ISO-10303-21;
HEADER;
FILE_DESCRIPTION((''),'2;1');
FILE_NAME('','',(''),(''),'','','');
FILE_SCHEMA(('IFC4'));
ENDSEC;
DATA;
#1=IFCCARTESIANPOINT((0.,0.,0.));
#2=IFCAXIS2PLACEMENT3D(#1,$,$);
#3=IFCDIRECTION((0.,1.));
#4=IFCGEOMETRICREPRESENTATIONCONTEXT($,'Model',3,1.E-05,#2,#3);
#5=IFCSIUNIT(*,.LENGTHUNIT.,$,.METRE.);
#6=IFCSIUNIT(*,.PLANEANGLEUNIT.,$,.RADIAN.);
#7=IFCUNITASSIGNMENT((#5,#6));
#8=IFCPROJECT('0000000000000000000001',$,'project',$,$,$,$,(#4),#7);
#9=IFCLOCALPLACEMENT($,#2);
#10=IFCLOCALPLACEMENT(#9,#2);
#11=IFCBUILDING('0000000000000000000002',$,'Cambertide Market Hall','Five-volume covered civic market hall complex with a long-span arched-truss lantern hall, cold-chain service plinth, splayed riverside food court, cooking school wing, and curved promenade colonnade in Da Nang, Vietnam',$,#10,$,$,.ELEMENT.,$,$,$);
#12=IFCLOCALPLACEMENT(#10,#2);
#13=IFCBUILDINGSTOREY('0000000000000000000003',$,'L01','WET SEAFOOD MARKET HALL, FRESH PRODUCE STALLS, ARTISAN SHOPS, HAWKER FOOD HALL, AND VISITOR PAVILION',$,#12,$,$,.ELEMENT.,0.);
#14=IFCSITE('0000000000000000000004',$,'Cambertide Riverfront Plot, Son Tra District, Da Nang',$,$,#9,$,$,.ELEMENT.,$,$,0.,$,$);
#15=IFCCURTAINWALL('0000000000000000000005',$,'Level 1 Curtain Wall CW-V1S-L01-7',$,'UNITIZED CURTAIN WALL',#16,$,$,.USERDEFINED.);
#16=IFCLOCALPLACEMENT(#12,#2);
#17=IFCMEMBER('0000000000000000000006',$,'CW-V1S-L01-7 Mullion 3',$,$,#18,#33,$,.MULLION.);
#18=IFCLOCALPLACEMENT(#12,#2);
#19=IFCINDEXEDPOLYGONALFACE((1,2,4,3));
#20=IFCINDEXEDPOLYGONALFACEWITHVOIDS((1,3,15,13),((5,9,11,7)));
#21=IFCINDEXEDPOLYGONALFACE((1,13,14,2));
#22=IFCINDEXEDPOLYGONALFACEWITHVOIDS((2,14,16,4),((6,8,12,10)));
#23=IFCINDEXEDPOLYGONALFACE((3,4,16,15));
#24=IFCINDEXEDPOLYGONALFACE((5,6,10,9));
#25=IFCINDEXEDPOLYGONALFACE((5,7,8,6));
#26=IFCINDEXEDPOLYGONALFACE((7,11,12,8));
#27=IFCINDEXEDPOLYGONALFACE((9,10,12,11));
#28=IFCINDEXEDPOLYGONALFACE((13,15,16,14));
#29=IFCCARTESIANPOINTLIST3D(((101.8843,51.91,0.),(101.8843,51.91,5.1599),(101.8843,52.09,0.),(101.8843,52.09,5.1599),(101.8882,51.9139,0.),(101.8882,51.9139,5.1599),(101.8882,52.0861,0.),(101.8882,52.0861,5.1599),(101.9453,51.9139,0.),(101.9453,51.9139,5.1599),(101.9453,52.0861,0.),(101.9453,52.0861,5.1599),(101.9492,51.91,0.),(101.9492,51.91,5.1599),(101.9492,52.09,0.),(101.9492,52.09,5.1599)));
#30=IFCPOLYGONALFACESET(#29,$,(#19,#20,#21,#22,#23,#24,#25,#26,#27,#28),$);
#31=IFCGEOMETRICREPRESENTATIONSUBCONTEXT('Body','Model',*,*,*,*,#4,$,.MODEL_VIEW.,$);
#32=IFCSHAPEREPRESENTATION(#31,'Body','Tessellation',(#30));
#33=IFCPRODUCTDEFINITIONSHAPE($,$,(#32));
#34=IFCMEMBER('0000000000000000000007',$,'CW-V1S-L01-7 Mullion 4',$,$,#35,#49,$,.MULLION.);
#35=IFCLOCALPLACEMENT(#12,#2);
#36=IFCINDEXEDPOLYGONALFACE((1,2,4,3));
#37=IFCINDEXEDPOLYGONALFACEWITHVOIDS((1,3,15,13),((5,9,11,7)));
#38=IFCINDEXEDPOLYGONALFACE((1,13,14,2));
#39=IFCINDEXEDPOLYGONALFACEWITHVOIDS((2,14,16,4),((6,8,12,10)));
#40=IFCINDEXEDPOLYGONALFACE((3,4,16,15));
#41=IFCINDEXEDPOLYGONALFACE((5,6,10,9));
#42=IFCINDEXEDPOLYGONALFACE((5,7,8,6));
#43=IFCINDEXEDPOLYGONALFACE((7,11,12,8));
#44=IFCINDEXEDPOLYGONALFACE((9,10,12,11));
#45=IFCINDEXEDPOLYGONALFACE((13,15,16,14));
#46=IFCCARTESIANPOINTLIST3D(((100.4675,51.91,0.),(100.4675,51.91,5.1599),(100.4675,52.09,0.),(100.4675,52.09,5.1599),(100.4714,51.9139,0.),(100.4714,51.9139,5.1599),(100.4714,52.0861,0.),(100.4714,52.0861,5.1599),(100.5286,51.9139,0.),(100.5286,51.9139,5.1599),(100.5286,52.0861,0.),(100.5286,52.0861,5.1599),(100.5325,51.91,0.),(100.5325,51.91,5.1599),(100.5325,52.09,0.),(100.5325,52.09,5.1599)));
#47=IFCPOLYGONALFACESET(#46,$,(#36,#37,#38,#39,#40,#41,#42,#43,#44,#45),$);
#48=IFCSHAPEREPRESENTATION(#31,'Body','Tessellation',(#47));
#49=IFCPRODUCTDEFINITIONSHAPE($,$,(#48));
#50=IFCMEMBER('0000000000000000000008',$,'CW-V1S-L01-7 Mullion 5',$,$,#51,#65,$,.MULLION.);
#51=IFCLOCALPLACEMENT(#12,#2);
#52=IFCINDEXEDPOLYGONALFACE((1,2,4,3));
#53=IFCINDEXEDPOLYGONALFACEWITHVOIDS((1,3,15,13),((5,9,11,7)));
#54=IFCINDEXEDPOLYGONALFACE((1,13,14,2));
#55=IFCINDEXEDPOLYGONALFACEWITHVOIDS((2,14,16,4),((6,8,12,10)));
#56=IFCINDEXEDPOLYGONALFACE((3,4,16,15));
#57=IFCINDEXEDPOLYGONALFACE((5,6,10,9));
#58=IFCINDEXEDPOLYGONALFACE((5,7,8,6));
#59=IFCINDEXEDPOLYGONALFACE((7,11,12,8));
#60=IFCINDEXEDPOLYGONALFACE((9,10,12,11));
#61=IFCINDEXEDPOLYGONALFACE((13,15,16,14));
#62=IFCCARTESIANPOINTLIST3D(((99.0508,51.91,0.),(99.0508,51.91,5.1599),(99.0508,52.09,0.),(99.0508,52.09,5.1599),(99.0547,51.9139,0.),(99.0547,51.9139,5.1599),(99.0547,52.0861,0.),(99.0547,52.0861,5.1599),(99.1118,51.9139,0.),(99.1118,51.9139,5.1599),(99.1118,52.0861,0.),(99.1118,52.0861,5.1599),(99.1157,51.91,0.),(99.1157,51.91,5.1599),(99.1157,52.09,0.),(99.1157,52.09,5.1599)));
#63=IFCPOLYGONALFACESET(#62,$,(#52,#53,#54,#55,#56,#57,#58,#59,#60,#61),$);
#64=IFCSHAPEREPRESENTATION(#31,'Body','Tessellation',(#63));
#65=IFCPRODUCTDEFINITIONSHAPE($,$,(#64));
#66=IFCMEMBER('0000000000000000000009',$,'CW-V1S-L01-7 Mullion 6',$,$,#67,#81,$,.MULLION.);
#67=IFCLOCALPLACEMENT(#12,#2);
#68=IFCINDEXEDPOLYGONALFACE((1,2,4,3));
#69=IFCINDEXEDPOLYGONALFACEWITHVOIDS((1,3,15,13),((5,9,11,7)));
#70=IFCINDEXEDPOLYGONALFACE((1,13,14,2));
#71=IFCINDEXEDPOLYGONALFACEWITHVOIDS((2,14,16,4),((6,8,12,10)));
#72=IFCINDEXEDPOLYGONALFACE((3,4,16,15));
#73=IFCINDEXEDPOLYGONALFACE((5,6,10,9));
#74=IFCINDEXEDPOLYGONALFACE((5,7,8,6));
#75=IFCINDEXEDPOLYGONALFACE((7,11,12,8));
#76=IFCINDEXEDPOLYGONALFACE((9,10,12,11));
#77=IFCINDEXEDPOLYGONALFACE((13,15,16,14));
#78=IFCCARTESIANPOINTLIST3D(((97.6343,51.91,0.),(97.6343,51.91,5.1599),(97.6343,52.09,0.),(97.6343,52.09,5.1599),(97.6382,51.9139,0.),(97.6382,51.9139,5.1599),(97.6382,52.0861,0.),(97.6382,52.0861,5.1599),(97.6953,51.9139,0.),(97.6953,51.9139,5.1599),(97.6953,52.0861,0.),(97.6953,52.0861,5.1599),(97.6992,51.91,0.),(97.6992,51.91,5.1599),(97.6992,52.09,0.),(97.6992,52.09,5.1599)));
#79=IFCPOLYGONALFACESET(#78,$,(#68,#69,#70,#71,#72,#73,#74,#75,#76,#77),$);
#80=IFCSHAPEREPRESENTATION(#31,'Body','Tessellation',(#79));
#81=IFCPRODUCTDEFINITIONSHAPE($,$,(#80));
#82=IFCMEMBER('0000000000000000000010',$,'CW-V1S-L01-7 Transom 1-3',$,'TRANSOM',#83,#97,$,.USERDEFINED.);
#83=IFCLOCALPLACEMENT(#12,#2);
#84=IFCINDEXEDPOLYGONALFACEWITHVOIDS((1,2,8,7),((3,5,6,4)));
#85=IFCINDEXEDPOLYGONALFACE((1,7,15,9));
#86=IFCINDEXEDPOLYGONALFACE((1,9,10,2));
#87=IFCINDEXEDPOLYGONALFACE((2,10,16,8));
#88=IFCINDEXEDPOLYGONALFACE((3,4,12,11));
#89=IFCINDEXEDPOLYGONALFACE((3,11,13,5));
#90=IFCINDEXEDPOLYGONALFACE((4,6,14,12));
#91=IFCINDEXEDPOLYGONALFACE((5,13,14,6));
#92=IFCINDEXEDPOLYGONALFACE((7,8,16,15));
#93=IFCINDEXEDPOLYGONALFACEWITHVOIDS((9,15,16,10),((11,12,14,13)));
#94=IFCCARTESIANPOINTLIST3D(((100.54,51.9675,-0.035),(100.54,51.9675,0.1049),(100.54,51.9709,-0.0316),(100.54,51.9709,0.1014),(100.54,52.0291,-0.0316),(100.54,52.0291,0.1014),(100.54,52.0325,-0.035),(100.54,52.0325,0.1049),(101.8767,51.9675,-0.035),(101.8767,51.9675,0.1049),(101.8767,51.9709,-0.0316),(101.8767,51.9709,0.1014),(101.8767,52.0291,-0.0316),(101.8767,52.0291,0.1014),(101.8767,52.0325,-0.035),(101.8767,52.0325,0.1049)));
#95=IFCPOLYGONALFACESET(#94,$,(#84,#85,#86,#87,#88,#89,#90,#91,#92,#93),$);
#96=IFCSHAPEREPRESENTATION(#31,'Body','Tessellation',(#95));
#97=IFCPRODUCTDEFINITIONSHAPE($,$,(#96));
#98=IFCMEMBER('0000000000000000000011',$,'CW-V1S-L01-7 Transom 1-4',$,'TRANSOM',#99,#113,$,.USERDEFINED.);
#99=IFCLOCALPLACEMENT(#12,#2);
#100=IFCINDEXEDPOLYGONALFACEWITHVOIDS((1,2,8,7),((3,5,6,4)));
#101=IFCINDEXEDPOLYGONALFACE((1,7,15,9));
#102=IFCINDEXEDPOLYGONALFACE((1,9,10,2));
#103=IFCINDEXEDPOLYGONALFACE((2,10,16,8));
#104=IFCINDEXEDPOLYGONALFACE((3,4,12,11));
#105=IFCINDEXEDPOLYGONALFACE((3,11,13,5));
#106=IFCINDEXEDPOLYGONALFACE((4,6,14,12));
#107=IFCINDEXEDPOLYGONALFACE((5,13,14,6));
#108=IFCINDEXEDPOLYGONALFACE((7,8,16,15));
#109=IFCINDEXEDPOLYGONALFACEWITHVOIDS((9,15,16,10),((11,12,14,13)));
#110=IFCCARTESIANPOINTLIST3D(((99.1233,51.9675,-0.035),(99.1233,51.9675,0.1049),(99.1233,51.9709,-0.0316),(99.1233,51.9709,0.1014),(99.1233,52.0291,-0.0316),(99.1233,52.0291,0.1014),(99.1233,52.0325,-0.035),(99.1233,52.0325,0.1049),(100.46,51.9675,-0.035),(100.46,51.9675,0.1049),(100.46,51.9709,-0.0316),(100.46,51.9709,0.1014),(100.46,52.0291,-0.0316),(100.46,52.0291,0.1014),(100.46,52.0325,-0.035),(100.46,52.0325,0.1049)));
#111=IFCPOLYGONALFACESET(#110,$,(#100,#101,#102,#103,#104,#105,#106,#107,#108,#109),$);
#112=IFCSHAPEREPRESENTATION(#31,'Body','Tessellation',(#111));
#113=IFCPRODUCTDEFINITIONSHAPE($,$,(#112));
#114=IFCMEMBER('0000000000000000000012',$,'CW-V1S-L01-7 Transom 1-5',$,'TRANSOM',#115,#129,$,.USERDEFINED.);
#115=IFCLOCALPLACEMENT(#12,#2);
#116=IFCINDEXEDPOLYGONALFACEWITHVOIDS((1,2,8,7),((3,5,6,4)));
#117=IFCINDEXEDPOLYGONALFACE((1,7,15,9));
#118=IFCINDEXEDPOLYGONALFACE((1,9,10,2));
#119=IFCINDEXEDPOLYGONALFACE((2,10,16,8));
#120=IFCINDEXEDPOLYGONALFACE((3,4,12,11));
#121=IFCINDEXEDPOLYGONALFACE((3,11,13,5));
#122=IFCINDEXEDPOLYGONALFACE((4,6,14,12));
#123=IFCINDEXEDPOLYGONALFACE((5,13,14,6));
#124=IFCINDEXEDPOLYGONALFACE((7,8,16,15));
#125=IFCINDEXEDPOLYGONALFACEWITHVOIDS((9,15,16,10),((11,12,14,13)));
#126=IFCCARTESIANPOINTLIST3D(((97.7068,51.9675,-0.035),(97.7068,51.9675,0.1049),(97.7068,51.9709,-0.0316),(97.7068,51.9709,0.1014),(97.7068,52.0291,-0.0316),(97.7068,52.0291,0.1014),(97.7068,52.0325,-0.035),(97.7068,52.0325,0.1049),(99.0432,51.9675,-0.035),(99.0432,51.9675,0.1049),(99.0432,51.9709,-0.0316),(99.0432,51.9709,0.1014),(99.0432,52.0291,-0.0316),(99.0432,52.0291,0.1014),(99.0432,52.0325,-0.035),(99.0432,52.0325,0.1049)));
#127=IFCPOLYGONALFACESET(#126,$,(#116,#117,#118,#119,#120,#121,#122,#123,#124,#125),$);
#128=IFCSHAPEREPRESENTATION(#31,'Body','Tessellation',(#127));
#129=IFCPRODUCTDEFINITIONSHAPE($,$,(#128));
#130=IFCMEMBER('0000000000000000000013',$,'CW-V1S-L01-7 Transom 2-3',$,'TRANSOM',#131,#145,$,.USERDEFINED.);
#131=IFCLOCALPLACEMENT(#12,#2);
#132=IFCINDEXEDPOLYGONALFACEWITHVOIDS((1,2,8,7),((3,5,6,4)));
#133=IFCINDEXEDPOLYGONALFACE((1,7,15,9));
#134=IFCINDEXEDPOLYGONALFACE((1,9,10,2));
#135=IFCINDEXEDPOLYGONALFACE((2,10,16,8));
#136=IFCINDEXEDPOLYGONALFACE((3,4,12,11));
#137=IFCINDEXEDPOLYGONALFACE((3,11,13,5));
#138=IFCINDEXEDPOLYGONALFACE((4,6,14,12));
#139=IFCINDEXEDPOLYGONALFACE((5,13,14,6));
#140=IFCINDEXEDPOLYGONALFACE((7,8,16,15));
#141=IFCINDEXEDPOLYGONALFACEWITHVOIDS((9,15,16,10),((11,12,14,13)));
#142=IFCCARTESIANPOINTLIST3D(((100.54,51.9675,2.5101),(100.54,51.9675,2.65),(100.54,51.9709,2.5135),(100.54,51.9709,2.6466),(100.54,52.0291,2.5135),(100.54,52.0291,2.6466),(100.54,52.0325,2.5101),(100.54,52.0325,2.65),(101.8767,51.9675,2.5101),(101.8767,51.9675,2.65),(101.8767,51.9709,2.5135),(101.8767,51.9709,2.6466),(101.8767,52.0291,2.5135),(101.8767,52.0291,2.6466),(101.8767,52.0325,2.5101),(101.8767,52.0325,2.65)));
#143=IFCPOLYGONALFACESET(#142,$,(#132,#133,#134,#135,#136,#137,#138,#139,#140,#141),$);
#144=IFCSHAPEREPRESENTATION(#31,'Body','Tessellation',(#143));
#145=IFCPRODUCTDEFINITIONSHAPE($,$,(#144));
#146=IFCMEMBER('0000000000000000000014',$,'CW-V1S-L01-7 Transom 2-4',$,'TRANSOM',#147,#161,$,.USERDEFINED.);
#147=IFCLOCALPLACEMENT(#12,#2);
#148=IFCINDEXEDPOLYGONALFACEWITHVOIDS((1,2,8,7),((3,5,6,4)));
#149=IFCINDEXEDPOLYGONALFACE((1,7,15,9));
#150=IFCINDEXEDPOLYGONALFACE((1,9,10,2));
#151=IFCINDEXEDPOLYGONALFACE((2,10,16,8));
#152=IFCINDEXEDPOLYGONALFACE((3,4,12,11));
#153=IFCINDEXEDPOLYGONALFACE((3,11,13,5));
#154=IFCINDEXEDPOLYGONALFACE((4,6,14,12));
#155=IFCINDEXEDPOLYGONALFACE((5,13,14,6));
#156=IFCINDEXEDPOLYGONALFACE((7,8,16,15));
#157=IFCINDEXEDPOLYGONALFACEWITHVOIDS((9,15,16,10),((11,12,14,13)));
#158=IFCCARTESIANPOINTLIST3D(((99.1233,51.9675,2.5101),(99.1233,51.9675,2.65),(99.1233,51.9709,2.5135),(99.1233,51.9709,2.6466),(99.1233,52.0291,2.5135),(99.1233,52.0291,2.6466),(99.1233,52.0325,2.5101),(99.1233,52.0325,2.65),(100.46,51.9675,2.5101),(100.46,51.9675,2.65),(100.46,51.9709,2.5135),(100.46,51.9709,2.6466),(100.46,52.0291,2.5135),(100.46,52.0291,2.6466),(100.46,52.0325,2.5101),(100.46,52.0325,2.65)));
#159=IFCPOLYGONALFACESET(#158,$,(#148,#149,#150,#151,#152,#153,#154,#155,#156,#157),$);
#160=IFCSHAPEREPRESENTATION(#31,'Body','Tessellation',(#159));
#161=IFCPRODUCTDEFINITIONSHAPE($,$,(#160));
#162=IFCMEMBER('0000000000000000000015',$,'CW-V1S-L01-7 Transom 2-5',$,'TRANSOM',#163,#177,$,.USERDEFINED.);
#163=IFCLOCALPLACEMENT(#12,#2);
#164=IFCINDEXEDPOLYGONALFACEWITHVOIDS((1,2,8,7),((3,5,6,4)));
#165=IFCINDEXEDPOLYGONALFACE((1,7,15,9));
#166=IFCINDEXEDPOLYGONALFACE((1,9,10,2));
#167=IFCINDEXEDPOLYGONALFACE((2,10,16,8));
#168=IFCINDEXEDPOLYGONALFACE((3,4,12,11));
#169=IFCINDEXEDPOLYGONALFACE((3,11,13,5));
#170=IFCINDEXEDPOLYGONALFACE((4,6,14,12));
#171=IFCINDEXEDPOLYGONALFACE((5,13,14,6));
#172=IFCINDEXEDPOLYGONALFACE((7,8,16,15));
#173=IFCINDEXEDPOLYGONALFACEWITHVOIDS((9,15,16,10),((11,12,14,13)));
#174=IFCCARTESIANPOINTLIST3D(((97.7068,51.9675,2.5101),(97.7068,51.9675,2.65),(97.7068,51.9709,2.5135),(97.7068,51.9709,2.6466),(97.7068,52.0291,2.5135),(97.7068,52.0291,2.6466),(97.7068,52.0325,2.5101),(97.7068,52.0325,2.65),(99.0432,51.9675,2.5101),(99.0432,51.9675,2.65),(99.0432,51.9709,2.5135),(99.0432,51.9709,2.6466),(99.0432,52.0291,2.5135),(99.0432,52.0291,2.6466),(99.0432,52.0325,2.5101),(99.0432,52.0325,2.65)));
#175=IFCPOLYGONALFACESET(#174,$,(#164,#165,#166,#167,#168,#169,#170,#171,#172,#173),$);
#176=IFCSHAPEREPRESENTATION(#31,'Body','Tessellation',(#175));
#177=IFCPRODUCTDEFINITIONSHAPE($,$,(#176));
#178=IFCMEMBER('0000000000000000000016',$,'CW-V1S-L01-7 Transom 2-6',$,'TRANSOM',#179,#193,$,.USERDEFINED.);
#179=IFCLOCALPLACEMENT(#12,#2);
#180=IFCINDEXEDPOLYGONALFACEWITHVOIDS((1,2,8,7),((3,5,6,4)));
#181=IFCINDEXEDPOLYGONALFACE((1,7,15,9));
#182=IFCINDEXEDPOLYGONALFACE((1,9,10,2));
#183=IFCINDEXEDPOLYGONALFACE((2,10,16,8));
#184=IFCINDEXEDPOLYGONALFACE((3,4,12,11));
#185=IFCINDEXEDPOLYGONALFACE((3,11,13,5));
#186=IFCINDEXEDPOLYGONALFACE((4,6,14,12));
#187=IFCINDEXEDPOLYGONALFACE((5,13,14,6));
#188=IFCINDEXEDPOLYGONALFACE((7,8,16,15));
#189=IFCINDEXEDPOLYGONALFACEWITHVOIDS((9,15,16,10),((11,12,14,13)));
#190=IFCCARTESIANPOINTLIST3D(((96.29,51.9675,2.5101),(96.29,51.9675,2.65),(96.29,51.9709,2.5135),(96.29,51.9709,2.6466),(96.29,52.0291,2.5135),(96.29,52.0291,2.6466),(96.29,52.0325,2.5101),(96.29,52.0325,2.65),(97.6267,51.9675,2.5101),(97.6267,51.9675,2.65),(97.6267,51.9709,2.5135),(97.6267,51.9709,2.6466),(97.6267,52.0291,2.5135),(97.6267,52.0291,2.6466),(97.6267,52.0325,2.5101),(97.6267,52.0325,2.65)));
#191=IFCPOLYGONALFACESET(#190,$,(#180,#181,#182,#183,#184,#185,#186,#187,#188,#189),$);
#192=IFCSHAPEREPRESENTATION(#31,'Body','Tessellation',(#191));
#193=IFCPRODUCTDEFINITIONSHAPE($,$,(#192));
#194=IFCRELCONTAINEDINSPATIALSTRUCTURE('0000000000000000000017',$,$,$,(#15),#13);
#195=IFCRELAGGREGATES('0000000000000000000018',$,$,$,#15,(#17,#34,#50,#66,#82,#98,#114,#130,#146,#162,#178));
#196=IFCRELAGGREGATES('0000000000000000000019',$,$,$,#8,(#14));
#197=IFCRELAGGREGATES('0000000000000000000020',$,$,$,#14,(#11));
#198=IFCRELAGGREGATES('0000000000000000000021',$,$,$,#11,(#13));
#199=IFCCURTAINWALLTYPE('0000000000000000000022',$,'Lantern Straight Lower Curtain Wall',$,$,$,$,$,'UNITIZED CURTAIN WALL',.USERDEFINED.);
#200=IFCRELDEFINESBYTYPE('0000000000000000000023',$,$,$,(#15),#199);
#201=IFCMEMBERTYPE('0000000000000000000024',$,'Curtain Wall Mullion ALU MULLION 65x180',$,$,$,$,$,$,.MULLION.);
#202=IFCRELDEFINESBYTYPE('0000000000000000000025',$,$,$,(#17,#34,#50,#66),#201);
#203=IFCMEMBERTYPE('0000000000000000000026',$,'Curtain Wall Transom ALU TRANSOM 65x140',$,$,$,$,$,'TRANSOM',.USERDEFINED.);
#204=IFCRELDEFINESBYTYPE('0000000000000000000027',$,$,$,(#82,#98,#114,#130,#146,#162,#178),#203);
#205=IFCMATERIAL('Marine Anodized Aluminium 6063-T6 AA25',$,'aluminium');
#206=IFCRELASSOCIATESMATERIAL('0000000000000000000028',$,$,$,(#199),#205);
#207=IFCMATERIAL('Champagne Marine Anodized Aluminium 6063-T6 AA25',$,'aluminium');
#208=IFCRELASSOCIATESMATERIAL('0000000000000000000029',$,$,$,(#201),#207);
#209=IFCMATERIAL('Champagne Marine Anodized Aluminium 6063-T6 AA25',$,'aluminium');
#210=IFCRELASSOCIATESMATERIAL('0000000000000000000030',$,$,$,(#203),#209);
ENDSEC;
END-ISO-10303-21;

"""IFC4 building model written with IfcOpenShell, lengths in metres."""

from ifc_helpers import new_model, si_unit, direction, frame, origin, origin_2d, place, context, subcontext, project, spatial, hollow_rectangle, extrude, material, material_profile, profile_set, type_object, element, aggregate, save


model = new_model("IFC4")

# Units and contexts
model_context = context("Model", 3, precision=1e-05, world=origin(), true_north=direction((0.0, 1.0)))
body_context = subcontext(model_context, "Body", "Model", "MODEL_VIEW")
ifc_project = project(units=[si_unit("LENGTHUNIT", "METRE"), si_unit("PLANEANGLEUNIT", "RADIAN")], contexts=[model_context])

# Site, building, storey
site_placement = place(None, origin())
site = spatial("IfcSite", under=ifc_project, at=site_placement, Name="Cambertide Riverfront Plot, Son Tra District, Da Nang", CompositionType="ELEMENT", RefElevation=0.0)
building_placement = place(site_placement, origin())
building = spatial("IfcBuilding", under=site, at=building_placement, Name="Cambertide Market Hall", Description="Five-volume covered civic market hall complex with a long-span arched-truss lantern hall, cold-chain service plinth, splayed riverside food court, cooking school wing, and curved promenade colonnade in Da Nang, Vietnam", CompositionType="ELEMENT")
storey_placement = place(building_placement, origin())
storey = spatial("IfcBuildingStorey", under=building, at=storey_placement, Name="L01", Description="WET SEAFOOD MARKET HALL, FRESH PRODUCE STALLS, ARTISAN SHOPS, HAWKER FOOD HALL, AND VISITOR PAVILION", CompositionType="ELEMENT", Elevation=0.0)

# Curtain wall, members
ifc_material_1 = material(Name="Marine Anodized Aluminium 6063-T6 AA25", Category="aluminium")
curtain_wall_type = type_object("IfcCurtainWallType", Name="Lantern Straight Lower Curtain Wall", ElementType="UNITIZED CURTAIN WALL", PredefinedType="USERDEFINED", material=ifc_material_1)
curtain_wall_placement = place(storey_placement, origin())
curtain_wall = element("IfcCurtainWall", 1, at=curtain_wall_placement, inside=storey, type_object=curtain_wall_type, Name="Level 1 Curtain Wall CW-V1S-L01-7", ObjectType="UNITIZED CURTAIN WALL", PredefinedType="USERDEFINED")
ifc_material_2 = material(Name="Champagne Marine Anodized Aluminium 6063-T6 AA25", Category="aluminium")
ifc_material_profile_1 = material_profile(ifc_material_2, hollow_rectangle(XDim=0.0649, YDim=0.1799, WallThickness=0.0039, at=origin_2d()), Name="ALU MULLION 65x180")
ifc_profile_set_1 = profile_set([ifc_material_profile_1], Name="Champagne Marine Anodized Aluminium 6063-T6 AA25")
member_type_1 = type_object("IfcMemberType", Name="Curtain Wall Mullion ALU MULLION 65x180", PredefinedType="MULLION", material=ifc_profile_set_1)
member_1_placement = place(storey_placement, frame((101.9167, 52.0, 0.0), z_axis=(0.0, 0.0, 1.0), x_axis=(-1.0, 0.0, 0.0)))
member_1 = element("IfcMember", 2, at=member_1_placement, type_object=member_type_1, Name="CW-V1S-L01-7 Mullion 3", PredefinedType="MULLION", context=body_context, shape_type="SweptSolid", body=[
    extrude(hollow_rectangle(XDim=0.0649, YDim=0.1799, WallThickness=0.0039, at=origin_2d()), origin(), (0.0, 0.0, 1.0), 5.1599),
])
member_2_placement = place(storey_placement, frame((100.5, 52.0, 0.0), z_axis=(0.0, 0.0, 1.0), x_axis=(-1.0, 0.0, 0.0)))
member_2 = element("IfcMember", 3, at=member_2_placement, type_object=member_type_1, Name="CW-V1S-L01-7 Mullion 4", PredefinedType="MULLION", context=body_context, shape_type="SweptSolid", body=[
    extrude(hollow_rectangle(XDim=0.0649, YDim=0.1799, WallThickness=0.0039, at=origin_2d()), origin(), (0.0, 0.0, 1.0), 5.1599),
])
member_3_placement = place(storey_placement, frame((99.0833, 52.0, 0.0), z_axis=(0.0, 0.0, 1.0), x_axis=(-1.0, 0.0, 0.0)))
member_3 = element("IfcMember", 4, at=member_3_placement, type_object=member_type_1, Name="CW-V1S-L01-7 Mullion 5", PredefinedType="MULLION", context=body_context, shape_type="SweptSolid", body=[
    extrude(hollow_rectangle(XDim=0.0649, YDim=0.1799, WallThickness=0.0039, at=origin_2d()), origin(), (0.0, 0.0, 1.0), 5.1599),
])
member_4_placement = place(storey_placement, frame((97.6667, 52.0, 0.0), z_axis=(0.0, 0.0, 1.0), x_axis=(-1.0, 0.0, 0.0)))
member_4 = element("IfcMember", 5, at=member_4_placement, type_object=member_type_1, Name="CW-V1S-L01-7 Mullion 6", PredefinedType="MULLION", context=body_context, shape_type="SweptSolid", body=[
    extrude(hollow_rectangle(XDim=0.0649, YDim=0.1799, WallThickness=0.0039, at=origin_2d()), origin(), (0.0, 0.0, 1.0), 5.1599),
])
ifc_material_3 = material(Name="Champagne Marine Anodized Aluminium 6063-T6 AA25", Category="aluminium")
ifc_material_profile_2 = material_profile(ifc_material_3, hollow_rectangle(XDim=0.0649, YDim=0.1399, WallThickness=0.0034, at=origin_2d()), Name="ALU TRANSOM 65x140")
ifc_profile_set_2 = profile_set([ifc_material_profile_2], Name="Champagne Marine Anodized Aluminium 6063-T6 AA25")
member_type_2 = type_object("IfcMemberType", Name="Curtain Wall Transom ALU TRANSOM 65x140", ElementType="TRANSOM", PredefinedType="USERDEFINED", material=ifc_profile_set_2)
member_5_placement = place(storey_placement, frame((101.8767, 52.0, 0.0349), z_axis=(-1.0, 0.0, 0.0), x_axis=(0.0, -1.0, 0.0)))
member_5 = element("IfcMember", 6, at=member_5_placement, type_object=member_type_2, Name="CW-V1S-L01-7 Transom 1-3", ObjectType="TRANSOM", PredefinedType="USERDEFINED", context=body_context, shape_type="SweptSolid", body=[
    extrude(hollow_rectangle(XDim=0.0649, YDim=0.1399, WallThickness=0.0034, at=origin_2d()), origin(), (0.0, 0.0, 1.0), 1.3367),
])
member_6_placement = place(storey_placement, frame((100.46, 52.0, 0.0349), z_axis=(-1.0, 0.0, 0.0), x_axis=(0.0, -1.0, 0.0)))
member_6 = element("IfcMember", 7, at=member_6_placement, type_object=member_type_2, Name="CW-V1S-L01-7 Transom 1-4", ObjectType="TRANSOM", PredefinedType="USERDEFINED", context=body_context, shape_type="SweptSolid", body=[
    extrude(hollow_rectangle(XDim=0.0649, YDim=0.1399, WallThickness=0.0034, at=origin_2d()), origin(), (0.0, 0.0, 1.0), 1.3367),
])
member_7_placement = place(storey_placement, frame((99.0432, 52.0, 0.0349), z_axis=(-1.0, 0.0, 0.0), x_axis=(0.0, -1.0, 0.0)))
member_7 = element("IfcMember", 8, at=member_7_placement, type_object=member_type_2, Name="CW-V1S-L01-7 Transom 1-5", ObjectType="TRANSOM", PredefinedType="USERDEFINED", context=body_context, shape_type="SweptSolid", body=[
    extrude(hollow_rectangle(XDim=0.0649, YDim=0.1399, WallThickness=0.0034, at=origin_2d()), origin(), (0.0, 0.0, 1.0), 1.3364),
])
member_8_placement = place(storey_placement, frame((101.8767, 52.0, 2.5801), z_axis=(-1.0, 0.0, 0.0), x_axis=(0.0, -1.0, 0.0)))
member_8 = element("IfcMember", 9, at=member_8_placement, type_object=member_type_2, Name="CW-V1S-L01-7 Transom 2-3", ObjectType="TRANSOM", PredefinedType="USERDEFINED", context=body_context, shape_type="SweptSolid", body=[
    extrude(hollow_rectangle(XDim=0.0649, YDim=0.1399, WallThickness=0.0034, at=origin_2d()), origin(), (0.0, 0.0, 1.0), 1.3367),
])
member_9_placement = place(storey_placement, frame((100.46, 52.0, 2.5801), z_axis=(-1.0, 0.0, 0.0), x_axis=(0.0, -1.0, 0.0)))
member_9 = element("IfcMember", 10, at=member_9_placement, type_object=member_type_2, Name="CW-V1S-L01-7 Transom 2-4", ObjectType="TRANSOM", PredefinedType="USERDEFINED", context=body_context, shape_type="SweptSolid", body=[
    extrude(hollow_rectangle(XDim=0.0649, YDim=0.1399, WallThickness=0.0034, at=origin_2d()), origin(), (0.0, 0.0, 1.0), 1.3367),
])
member_10_placement = place(storey_placement, frame((99.0432, 52.0, 2.5801), z_axis=(-1.0, 0.0, 0.0), x_axis=(0.0, -1.0, 0.0)))
member_10 = element("IfcMember", 11, at=member_10_placement, type_object=member_type_2, Name="CW-V1S-L01-7 Transom 2-5", ObjectType="TRANSOM", PredefinedType="USERDEFINED", context=body_context, shape_type="SweptSolid", body=[
    extrude(hollow_rectangle(XDim=0.0649, YDim=0.1399, WallThickness=0.0034, at=origin_2d()), origin(), (0.0, 0.0, 1.0), 1.3364),
])
member_11_placement = place(storey_placement, frame((97.6267, 52.0, 2.5801), z_axis=(-1.0, 0.0, 0.0), x_axis=(0.0, -1.0, 0.0)))
member_11 = element("IfcMember", 12, at=member_11_placement, type_object=member_type_2, Name="CW-V1S-L01-7 Transom 2-6", ObjectType="TRANSOM", PredefinedType="USERDEFINED", context=body_context, shape_type="SweptSolid", body=[
    extrude(hollow_rectangle(XDim=0.0649, YDim=0.1399, WallThickness=0.0034, at=origin_2d()), origin(), (0.0, 0.0, 1.0), 1.3367),
])

aggregate(curtain_wall, [member_1, member_2, member_3, member_4, member_5, member_6, member_7, member_8, member_9, member_10, member_11])

save(model, "model.ifc")
